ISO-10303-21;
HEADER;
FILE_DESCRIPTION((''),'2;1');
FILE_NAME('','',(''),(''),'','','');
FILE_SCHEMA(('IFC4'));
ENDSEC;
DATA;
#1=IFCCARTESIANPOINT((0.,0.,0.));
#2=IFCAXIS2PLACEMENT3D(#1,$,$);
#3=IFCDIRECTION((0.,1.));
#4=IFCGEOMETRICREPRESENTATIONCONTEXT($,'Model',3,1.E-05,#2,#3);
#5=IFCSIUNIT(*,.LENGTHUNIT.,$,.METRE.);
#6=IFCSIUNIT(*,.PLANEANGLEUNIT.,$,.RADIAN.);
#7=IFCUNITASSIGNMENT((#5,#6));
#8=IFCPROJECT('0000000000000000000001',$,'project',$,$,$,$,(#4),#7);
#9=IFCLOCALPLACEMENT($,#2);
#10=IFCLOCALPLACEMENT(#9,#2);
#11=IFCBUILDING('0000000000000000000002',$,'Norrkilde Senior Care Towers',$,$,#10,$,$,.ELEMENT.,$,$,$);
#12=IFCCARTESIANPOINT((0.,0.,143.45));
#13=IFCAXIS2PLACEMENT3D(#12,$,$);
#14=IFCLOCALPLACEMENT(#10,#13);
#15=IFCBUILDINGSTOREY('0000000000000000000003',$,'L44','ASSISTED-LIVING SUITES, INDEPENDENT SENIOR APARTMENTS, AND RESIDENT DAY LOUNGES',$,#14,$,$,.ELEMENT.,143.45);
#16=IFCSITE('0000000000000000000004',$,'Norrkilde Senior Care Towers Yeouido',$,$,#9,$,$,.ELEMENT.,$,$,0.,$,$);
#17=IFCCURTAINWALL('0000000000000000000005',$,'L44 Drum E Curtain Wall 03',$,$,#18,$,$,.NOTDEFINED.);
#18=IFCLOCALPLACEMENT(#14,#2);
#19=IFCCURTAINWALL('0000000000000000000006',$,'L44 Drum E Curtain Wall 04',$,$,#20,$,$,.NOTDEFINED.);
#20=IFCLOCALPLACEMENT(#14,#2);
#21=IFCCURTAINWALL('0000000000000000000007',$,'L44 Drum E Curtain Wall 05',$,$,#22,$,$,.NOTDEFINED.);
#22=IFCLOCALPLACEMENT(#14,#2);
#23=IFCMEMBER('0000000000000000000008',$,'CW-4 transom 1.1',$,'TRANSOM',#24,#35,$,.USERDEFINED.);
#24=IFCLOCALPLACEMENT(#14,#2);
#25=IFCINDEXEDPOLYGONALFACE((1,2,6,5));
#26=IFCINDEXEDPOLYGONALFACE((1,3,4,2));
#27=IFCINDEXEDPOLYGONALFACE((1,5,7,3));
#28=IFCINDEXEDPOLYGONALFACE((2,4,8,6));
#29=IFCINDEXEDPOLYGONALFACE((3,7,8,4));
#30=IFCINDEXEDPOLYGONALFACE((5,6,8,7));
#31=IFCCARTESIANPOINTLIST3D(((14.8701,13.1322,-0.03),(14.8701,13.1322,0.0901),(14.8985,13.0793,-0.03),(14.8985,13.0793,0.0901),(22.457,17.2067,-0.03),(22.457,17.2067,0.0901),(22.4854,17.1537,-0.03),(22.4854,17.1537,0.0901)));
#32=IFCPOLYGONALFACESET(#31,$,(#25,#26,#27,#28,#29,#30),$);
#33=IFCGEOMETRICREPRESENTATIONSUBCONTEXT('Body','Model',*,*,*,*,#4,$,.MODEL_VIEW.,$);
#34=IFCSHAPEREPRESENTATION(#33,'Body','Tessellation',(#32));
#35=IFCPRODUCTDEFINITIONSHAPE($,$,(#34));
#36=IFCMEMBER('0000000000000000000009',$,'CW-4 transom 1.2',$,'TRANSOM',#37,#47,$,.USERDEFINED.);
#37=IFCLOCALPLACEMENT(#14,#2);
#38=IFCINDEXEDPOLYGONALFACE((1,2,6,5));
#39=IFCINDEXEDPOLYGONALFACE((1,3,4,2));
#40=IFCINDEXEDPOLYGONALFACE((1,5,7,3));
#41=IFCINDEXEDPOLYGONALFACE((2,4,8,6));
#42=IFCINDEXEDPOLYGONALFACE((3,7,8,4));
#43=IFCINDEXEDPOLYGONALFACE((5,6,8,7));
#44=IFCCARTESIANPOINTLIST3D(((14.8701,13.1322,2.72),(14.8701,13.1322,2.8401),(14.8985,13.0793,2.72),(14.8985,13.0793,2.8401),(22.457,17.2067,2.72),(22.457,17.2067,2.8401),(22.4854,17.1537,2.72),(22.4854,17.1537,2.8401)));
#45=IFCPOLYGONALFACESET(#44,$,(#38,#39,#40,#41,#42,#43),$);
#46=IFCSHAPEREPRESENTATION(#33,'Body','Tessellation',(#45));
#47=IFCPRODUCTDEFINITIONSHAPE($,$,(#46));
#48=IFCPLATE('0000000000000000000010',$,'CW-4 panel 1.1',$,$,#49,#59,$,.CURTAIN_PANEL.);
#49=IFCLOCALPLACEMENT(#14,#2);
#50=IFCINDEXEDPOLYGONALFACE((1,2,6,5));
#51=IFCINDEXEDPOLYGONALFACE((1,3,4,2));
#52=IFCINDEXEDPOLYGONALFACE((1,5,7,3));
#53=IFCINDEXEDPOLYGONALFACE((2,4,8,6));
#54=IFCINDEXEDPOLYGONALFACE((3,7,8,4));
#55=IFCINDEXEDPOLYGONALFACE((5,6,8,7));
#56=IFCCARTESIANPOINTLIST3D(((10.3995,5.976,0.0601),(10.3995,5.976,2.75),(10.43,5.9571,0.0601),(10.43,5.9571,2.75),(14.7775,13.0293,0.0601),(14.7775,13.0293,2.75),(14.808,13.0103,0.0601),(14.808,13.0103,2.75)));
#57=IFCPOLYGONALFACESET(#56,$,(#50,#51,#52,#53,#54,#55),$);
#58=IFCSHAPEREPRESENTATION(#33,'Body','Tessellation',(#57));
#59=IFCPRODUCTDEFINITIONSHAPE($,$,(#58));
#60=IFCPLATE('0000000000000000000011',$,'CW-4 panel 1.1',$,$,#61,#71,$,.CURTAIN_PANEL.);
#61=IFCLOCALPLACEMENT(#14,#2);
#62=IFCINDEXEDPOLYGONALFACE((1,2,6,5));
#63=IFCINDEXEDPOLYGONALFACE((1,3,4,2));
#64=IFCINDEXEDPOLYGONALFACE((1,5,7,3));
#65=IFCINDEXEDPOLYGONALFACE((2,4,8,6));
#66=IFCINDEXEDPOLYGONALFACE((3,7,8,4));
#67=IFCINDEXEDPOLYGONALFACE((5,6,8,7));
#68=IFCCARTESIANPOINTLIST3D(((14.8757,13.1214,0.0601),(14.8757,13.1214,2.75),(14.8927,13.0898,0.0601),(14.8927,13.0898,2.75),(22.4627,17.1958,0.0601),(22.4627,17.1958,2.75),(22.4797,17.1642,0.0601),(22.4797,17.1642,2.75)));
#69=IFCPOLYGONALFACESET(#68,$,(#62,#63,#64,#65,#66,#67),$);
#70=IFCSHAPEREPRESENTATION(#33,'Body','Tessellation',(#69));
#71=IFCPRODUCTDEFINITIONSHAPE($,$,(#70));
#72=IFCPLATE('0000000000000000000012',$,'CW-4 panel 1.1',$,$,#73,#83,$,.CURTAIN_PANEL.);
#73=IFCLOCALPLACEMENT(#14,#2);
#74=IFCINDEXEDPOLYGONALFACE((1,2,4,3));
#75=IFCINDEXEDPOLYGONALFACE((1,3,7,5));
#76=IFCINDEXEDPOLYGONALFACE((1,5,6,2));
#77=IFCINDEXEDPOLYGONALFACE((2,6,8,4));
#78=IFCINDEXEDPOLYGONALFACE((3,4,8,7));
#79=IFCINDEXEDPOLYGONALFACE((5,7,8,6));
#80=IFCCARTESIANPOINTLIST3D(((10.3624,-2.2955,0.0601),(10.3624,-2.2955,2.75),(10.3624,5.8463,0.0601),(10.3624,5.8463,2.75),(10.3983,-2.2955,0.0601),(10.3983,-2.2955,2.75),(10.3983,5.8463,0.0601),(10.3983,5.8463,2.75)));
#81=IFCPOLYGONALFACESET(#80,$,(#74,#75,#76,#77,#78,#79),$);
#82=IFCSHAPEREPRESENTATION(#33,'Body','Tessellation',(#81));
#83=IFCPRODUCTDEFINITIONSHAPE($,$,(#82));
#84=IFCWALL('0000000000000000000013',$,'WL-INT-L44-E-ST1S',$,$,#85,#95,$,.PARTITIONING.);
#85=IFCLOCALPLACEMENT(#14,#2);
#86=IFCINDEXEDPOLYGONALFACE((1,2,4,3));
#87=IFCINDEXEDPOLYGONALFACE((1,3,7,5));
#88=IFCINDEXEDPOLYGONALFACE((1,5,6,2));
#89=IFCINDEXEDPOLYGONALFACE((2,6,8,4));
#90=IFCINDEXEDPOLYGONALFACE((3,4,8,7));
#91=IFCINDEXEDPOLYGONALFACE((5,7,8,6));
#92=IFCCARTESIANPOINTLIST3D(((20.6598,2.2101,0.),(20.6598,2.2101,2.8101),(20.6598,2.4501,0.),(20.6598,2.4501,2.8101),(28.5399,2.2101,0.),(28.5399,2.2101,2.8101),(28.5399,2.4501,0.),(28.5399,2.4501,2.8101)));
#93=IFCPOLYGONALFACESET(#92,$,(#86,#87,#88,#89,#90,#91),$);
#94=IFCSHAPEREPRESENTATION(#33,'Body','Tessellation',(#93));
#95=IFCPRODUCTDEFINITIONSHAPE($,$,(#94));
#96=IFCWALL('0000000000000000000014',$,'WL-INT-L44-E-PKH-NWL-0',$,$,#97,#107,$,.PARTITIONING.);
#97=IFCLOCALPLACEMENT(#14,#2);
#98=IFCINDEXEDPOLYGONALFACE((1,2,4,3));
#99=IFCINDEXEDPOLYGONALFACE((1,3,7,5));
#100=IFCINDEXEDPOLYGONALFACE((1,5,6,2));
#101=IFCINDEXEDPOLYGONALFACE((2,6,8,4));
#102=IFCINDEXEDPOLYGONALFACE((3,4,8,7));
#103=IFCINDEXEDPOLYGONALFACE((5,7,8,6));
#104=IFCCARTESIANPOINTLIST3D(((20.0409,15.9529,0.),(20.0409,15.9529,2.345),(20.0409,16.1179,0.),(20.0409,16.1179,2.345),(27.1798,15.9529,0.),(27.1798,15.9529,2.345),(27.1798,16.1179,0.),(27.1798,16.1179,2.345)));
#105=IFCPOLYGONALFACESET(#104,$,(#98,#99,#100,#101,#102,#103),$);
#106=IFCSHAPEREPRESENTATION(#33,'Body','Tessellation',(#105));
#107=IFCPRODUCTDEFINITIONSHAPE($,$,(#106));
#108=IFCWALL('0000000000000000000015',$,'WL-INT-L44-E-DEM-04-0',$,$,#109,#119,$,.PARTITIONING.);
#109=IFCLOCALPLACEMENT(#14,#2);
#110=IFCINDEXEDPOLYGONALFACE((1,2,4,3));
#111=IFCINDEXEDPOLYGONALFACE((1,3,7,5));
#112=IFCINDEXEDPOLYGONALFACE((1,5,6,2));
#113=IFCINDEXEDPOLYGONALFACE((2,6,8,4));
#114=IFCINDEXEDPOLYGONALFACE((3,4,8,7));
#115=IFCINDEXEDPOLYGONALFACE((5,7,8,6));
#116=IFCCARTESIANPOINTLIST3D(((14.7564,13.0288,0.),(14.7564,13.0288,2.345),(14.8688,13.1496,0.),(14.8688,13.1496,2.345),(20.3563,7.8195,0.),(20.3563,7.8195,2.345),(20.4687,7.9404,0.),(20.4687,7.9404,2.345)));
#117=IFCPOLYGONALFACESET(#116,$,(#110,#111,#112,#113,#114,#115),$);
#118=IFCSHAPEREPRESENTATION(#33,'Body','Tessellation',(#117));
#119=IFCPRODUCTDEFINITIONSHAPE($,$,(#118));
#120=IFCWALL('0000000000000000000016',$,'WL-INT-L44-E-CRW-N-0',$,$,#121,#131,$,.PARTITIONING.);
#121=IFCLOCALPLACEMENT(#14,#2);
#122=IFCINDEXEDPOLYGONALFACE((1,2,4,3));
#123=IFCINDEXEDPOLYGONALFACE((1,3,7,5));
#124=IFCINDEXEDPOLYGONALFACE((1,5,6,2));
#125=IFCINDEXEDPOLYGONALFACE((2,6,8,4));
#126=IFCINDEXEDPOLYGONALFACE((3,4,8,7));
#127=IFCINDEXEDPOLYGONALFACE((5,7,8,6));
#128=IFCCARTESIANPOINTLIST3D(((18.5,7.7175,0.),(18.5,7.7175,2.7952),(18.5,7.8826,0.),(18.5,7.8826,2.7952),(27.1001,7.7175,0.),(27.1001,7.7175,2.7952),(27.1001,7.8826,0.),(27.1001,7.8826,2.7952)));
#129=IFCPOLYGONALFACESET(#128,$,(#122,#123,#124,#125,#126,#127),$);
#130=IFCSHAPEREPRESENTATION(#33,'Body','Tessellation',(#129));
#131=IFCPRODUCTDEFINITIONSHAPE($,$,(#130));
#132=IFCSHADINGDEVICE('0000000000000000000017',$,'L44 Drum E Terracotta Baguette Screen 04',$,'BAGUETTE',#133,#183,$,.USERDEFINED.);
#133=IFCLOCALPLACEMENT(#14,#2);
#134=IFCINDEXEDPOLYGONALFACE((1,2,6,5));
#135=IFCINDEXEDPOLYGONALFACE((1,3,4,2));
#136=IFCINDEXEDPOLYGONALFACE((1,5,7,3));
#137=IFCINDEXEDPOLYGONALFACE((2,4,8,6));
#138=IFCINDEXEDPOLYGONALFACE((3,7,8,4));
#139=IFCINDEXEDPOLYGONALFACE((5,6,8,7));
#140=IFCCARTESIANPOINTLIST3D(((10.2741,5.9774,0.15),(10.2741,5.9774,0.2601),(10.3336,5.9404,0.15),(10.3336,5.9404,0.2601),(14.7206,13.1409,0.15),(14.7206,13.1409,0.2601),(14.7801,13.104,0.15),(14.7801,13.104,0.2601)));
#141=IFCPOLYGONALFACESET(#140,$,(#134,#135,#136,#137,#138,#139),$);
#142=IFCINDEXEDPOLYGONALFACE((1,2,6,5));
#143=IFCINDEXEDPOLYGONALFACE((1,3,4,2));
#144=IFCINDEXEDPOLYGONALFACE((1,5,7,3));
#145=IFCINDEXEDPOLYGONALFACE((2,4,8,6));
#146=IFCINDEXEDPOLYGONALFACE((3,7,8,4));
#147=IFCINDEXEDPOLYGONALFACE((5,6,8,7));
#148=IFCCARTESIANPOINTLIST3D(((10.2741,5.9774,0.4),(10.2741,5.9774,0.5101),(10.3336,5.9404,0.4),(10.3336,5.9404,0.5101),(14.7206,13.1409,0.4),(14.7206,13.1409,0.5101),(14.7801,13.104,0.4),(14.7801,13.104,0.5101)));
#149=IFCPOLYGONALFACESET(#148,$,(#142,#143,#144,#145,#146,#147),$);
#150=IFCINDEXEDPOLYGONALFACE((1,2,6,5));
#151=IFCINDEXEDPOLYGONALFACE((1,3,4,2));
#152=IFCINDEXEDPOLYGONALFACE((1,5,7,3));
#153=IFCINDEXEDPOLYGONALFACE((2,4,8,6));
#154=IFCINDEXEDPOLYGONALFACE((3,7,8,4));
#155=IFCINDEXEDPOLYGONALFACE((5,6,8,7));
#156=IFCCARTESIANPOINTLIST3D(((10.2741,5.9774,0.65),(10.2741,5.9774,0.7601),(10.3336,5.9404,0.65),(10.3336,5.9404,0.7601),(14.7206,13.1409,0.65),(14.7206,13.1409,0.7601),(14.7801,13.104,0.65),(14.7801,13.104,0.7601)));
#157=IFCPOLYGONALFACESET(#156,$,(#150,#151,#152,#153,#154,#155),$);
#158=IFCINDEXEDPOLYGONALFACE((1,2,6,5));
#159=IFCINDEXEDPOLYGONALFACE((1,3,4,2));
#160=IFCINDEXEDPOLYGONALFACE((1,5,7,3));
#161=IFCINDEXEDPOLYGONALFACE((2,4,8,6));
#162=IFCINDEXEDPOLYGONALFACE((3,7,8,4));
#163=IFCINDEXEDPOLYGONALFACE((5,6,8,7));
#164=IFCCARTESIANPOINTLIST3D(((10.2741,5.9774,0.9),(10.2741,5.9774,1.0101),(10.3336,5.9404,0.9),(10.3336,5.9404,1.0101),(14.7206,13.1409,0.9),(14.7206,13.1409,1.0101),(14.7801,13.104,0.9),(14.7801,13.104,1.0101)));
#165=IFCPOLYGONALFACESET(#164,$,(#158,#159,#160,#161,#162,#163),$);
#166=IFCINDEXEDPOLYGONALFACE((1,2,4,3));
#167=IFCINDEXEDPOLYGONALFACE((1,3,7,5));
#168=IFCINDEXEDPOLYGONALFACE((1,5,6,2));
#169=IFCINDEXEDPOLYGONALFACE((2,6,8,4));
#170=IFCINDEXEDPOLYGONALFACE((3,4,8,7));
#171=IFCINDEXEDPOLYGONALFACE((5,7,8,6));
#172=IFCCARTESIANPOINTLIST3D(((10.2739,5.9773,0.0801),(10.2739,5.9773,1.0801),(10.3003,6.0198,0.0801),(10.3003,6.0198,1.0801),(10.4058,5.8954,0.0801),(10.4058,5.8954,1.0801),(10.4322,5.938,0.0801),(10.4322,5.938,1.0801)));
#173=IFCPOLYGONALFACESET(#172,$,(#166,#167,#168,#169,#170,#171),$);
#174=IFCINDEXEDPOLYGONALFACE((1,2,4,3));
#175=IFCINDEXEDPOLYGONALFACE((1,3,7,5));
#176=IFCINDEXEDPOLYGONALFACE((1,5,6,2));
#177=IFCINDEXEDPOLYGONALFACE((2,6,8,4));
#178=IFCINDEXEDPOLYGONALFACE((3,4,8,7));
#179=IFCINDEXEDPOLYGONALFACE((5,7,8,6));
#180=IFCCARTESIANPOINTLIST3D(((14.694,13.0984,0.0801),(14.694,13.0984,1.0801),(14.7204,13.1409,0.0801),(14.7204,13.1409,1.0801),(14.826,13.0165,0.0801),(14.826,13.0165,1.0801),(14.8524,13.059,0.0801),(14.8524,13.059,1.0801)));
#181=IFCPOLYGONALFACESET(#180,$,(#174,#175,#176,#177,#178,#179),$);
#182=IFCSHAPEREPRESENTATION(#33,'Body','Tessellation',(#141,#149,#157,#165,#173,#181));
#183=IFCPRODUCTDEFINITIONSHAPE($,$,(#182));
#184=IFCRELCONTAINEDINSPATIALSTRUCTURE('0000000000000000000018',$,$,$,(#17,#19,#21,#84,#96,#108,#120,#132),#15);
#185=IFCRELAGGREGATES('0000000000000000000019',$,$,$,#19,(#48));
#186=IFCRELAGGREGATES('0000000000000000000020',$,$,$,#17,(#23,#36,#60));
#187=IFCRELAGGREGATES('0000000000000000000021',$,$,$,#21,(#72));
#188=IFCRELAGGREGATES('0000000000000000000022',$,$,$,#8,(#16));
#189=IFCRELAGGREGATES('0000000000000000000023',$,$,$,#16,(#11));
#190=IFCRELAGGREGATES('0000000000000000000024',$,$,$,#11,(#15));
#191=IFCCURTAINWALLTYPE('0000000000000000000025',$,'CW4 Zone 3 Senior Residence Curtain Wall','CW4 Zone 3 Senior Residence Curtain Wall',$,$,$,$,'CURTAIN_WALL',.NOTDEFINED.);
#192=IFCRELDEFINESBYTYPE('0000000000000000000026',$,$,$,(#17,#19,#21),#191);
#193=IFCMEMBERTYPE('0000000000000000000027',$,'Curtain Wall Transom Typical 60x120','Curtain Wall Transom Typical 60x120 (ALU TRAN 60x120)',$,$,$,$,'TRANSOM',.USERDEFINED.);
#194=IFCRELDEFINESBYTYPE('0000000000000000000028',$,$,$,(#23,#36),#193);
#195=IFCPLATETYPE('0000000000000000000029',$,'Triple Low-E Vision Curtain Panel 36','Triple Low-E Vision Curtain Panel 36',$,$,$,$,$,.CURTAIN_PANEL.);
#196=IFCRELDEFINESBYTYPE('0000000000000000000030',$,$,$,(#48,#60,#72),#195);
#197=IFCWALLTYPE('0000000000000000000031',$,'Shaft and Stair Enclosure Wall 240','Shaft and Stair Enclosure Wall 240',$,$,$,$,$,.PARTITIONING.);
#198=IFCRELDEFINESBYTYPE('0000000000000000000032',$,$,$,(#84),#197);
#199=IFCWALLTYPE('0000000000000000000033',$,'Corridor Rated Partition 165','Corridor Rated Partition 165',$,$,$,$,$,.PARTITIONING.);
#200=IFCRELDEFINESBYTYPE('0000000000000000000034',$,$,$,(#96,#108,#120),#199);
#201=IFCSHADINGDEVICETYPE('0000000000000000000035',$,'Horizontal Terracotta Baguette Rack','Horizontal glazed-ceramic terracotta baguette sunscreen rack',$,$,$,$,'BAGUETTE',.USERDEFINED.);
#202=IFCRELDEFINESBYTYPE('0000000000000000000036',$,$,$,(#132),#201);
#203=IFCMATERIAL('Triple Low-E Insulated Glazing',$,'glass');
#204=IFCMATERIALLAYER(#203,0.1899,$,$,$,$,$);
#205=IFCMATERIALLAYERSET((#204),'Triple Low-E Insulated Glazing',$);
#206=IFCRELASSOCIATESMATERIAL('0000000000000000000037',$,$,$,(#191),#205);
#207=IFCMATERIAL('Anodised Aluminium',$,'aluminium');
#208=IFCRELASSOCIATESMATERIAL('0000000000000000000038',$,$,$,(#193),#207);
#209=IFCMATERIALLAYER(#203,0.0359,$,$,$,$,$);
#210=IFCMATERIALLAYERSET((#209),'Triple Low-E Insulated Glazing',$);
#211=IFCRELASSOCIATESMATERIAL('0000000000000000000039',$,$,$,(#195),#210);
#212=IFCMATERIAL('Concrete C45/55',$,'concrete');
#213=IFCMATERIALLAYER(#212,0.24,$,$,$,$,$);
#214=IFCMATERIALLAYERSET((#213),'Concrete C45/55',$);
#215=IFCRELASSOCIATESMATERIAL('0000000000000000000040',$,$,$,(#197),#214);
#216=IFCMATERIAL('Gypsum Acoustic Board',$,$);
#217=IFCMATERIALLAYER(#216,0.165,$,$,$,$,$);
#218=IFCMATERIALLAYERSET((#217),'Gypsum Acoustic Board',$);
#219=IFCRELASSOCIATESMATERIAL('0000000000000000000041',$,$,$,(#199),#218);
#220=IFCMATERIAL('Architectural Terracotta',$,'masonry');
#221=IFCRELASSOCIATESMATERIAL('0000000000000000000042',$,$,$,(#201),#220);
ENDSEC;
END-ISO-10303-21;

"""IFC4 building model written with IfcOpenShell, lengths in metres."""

from ifc_helpers import new_model, si_unit, direction, frame, frame_2d, origin, origin_2d, place, context, subcontext, project, spatial, rectangle, extrude, source, transform, mapped, material, layer, layer_set, material_profile, profile_set, type_object, type_shapes, element, aggregate, save


model = new_model("IFC4")

# Units and contexts
model_context = context("Model", 3, precision=1e-05, world=origin(), true_north=direction((0.0, 1.0)))
body_context = subcontext(model_context, "Body", "Model", "MODEL_VIEW")
ifc_project = project(units=[si_unit("LENGTHUNIT", "METRE"), si_unit("PLANEANGLEUNIT", "RADIAN")], contexts=[model_context])

# Site, building, storey
site_placement = place(None, origin())
site = spatial("IfcSite", under=ifc_project, at=site_placement, Name="Norrkilde Senior Care Towers Yeouido", CompositionType="ELEMENT", RefElevation=0.0)
building_placement = place(site_placement, origin())
building = spatial("IfcBuilding", under=site, at=building_placement, Name="Norrkilde Senior Care Towers", CompositionType="ELEMENT")
storey_placement = place(building_placement, frame((0.0, 0.0, 143.45)))
storey = spatial("IfcBuildingStorey", under=building, at=storey_placement, Name="L44", Description="ASSISTED-LIVING SUITES, INDEPENDENT SENIOR APARTMENTS, AND RESIDENT DAY LOUNGES", CompositionType="ELEMENT", Elevation=143.45)

# Curtain wall
ifc_material_1 = material(Name="Triple Low-E Insulated Glazing", Category="glass")
ifc_layer_1 = layer(ifc_material_1, 0.1899)
ifc_layer_set_1 = layer_set([ifc_layer_1], Name="Triple Low-E Insulated Glazing")
curtain_wall_type = type_object("IfcCurtainWallType", Name="CW4 Zone 3 Senior Residence Curtain Wall", Description="CW4 Zone 3 Senior Residence Curtain Wall", ElementType="CURTAIN_WALL", PredefinedType="NOTDEFINED", material=ifc_layer_set_1)
curtain_wall_1_placement = place(storey_placement, origin())
curtain_wall_1 = element("IfcCurtainWall", 1, at=curtain_wall_1_placement, inside=storey, type_object=curtain_wall_type, Name="L44 Drum E Curtain Wall 03", PredefinedType="NOTDEFINED")
ifc_material_2 = material(Name="Anodised Aluminium", Category="aluminium")

# Curtain wall
curtain_wall_2_placement = place(storey_placement, origin())
curtain_wall_2 = element("IfcCurtainWall", 2, at=curtain_wall_2_placement, inside=storey, type_object=curtain_wall_type, Name="L44 Drum E Curtain Wall 04", PredefinedType="NOTDEFINED")

# Curtain wall
curtain_wall_3_placement = place(storey_placement, origin())
curtain_wall_3 = element("IfcCurtainWall", 3, at=curtain_wall_3_placement, inside=storey, type_object=curtain_wall_type, Name="L44 Drum E Curtain Wall 05", PredefinedType="NOTDEFINED")

# Members
ifc_material_profile_1 = material_profile(ifc_material_2, rectangle(XDim=0.0601, YDim=0.1201, at=origin_2d()), Name="ALU TRAN 60x120")
ifc_profile_set_1 = profile_set([ifc_material_profile_1], Name="Anodised Aluminium")
member_type_1 = type_object("IfcMemberType", Name="Curtain Wall Transom Typical 60x120", Description="Curtain Wall Transom Typical 60x120 (ALU TRAN 60x120)", ElementType="TRANSOM", PredefinedType="USERDEFINED", material=ifc_profile_set_1)
shared_shape_1 = source(origin(), body_context, "Body", "SweptSolid", [
    extrude(rectangle(XDim=0.0601, YDim=0.1201, at=origin_2d()), origin(), (0.0, 0.0, 1.0), 8.6118),
])
member_1_placement = place(storey_placement, frame((14.8843, 13.1057, 0.03), z_axis=(0.880994, 0.473127, 0.0), x_axis=(-0.473127, 0.880994, 0.0)))
member_1 = element("IfcMember", 4, at=member_1_placement, type_object=member_type_1, Name="CW-4 transom 1.1", ObjectType="TRANSOM", PredefinedType="USERDEFINED", context=body_context, shape_type="MappedRepresentation", body=[
    mapped(shared_shape_1, transform((0.0, 0.0, 0.0), x_axis=(1.0, 0.0, 0.0), y_axis=(0.0, 1.0, 0.0), z_axis=(0.0, 0.0, 1.0), scale=1.0)),
])
member_2_placement = place(storey_placement, frame((14.8843, 13.1057, 2.78), z_axis=(0.880994, 0.473127, 0.0), x_axis=(-0.473127, 0.880994, 0.0)))
member_2 = element("IfcMember", 5, at=member_2_placement, type_object=member_type_1, Name="CW-4 transom 1.2", ObjectType="TRANSOM", PredefinedType="USERDEFINED", context=body_context, shape_type="MappedRepresentation", body=[
    mapped(shared_shape_1, transform((0.0, 0.0, 0.0), x_axis=(1.0, 0.0, 0.0), y_axis=(0.0, 1.0, 0.0), z_axis=(0.0, 0.0, 1.0), scale=1.0)),
])

# Plates
ifc_layer_2 = layer(ifc_material_1, 0.0359)
ifc_layer_set_2 = layer_set([ifc_layer_2], Name="Triple Low-E Insulated Glazing")
plate_type = type_object("IfcPlateType", Name="Triple Low-E Vision Curtain Panel 36", Description="Triple Low-E Vision Curtain Panel 36", PredefinedType="CURTAIN_PANEL", material=ifc_layer_set_2)
shared_shape_2 = source(origin(), body_context, "Body", "SweptSolid", [
    extrude(rectangle(XDim=8.3015, YDim=0.0359, at=origin_2d()), origin(), (0.0, 0.0, 1.0), 2.6899),
])
plate_1_placement = place(storey_placement, frame((12.6038, 9.4932, 0.0601), z_axis=(0.0, 0.0, 1.0), x_axis=(0.527373, 0.849634, 0.0)))
plate_1 = element("IfcPlate", 6, at=plate_1_placement, type_object=plate_type, Name="CW-4 panel 1.1", PredefinedType="CURTAIN_PANEL", context=body_context, shape_type="MappedRepresentation", body=[
    mapped(shared_shape_2, transform((0.0, 0.0, 0.0), x_axis=(1.0, 0.0, 0.0), y_axis=(0.0, 1.0, 0.0), z_axis=(0.0, 0.0, 1.0), scale=1.0)),
])
aggregate(curtain_wall_2, [plate_1])
shared_shape_3 = source(origin(), body_context, "Body", "SweptSolid", [
    extrude(rectangle(XDim=8.6118, YDim=0.0359, at=origin_2d()), origin(), (0.0, 0.0, 1.0), 2.6899),
])
plate_2_placement = place(storey_placement, frame((18.6777, 15.1428, 0.0601), z_axis=(0.0, 0.0, 1.0), x_axis=(0.881, 0.473117, 0.0)))
plate_2 = element("IfcPlate", 7, at=plate_2_placement, type_object=plate_type, Name="CW-4 panel 1.1", PredefinedType="CURTAIN_PANEL", context=body_context, shape_type="MappedRepresentation", body=[
    mapped(shared_shape_3, transform((0.0, 0.0, 0.0), x_axis=(1.0, 0.0, 0.0), y_axis=(0.0, 1.0, 0.0), z_axis=(0.0, 0.0, 1.0), scale=1.0)),
])
aggregate(curtain_wall_1, [member_1, member_2, plate_2])
shared_shape_4 = source(origin(), body_context, "Body", "SweptSolid", [
    extrude(rectangle(XDim=8.1418, YDim=0.0359, at=origin_2d()), origin(), (0.0, 0.0, 1.0), 2.6899),
])
type_shapes(plate_type, [shared_shape_2, shared_shape_3, shared_shape_4])
plate_3_placement = place(storey_placement, frame((10.3804, 1.7754, 0.0601), z_axis=(0.0, 0.0, 1.0), x_axis=(0.0, 1.0, 0.0)))
plate_3 = element("IfcPlate", 8, at=plate_3_placement, type_object=plate_type, Name="CW-4 panel 1.1", PredefinedType="CURTAIN_PANEL", context=body_context, shape_type="MappedRepresentation", body=[
    mapped(shared_shape_4, transform((0.0, 0.0, 0.0), x_axis=(1.0, 0.0, 0.0), y_axis=(0.0, 1.0, 0.0), z_axis=(0.0, 0.0, 1.0), scale=1.0)),
])
aggregate(curtain_wall_3, [plate_3])

# Walls
ifc_material_3 = material(Name="Concrete C45/55", Category="concrete")
ifc_layer_3 = layer(ifc_material_3, 0.24)
ifc_layer_set_3 = layer_set([ifc_layer_3], Name="Concrete C45/55")
wall_type_1 = type_object("IfcWallType", Name="Shaft and Stair Enclosure Wall 240", Description="Shaft and Stair Enclosure Wall 240", PredefinedType="PARTITIONING", material=ifc_layer_set_3)
shared_shape_5 = source(origin(), body_context, "Body", "SweptSolid", [
    extrude(rectangle(XDim=7.8801, YDim=0.24, at=frame_2d((3.9399, 0.0))), origin(), (0.0, 0.0, 1.0), 2.8101),
])
type_shapes(wall_type_1, [shared_shape_5])
wall_1_placement = place(storey_placement, frame((20.6599, 2.3301, 0.0), z_axis=(0.0, 0.0, 1.0), x_axis=(1.0, 0.0, 0.0)))
element("IfcWall", 9, at=wall_1_placement, inside=storey, type_object=wall_type_1, Name="WL-INT-L44-E-ST1S", PredefinedType="PARTITIONING", context=body_context, shape_type="MappedRepresentation", body=[
    mapped(shared_shape_5, transform((0.0, 0.0, 0.0), x_axis=(1.0, 0.0, 0.0), y_axis=(0.0, 1.0, 0.0), z_axis=(0.0, 0.0, 1.0), scale=1.0)),
])
ifc_material_4 = material(Name="Gypsum Acoustic Board")
ifc_layer_4 = layer(ifc_material_4, 0.165)
ifc_layer_set_4 = layer_set([ifc_layer_4], Name="Gypsum Acoustic Board")
wall_type_2 = type_object("IfcWallType", Name="Corridor Rated Partition 165", Description="Corridor Rated Partition 165", PredefinedType="PARTITIONING", material=ifc_layer_set_4)
shared_shape_6 = source(origin(), body_context, "Body", "SweptSolid", [
    extrude(rectangle(XDim=7.1389, YDim=0.165, at=frame_2d((3.5693, 0.0))), origin(), (0.0, 0.0, 1.0), 2.345),
])
wall_2_placement = place(storey_placement, frame((20.041, 16.0354, 0.0), z_axis=(0.0, 0.0, 1.0), x_axis=(1.0, 0.0, 0.0)))
element("IfcWall", 10, at=wall_2_placement, inside=storey, type_object=wall_type_2, Name="WL-INT-L44-E-PKH-NWL-0", PredefinedType="PARTITIONING", context=body_context, shape_type="MappedRepresentation", body=[
    mapped(shared_shape_6, transform((0.0, 0.0, 0.0), x_axis=(1.0, 0.0, 0.0), y_axis=(0.0, 1.0, 0.0), z_axis=(0.0, 0.0, 1.0), scale=1.0)),
])
shared_shape_7 = source(origin(), body_context, "Body", "SweptSolid", [
    extrude(rectangle(XDim=7.6482, YDim=0.165, at=frame_2d((3.8242, 0.0))), origin(), (0.0, 0.0, 1.0), 2.345),
])
wall_3_placement = place(storey_placement, frame((20.4126, 7.8799, 0.0), z_axis=(0.0, 0.0, 1.0), x_axis=(-0.732183, 0.681108, 0.0)))
element("IfcWall", 11, at=wall_3_placement, inside=storey, type_object=wall_type_2, Name="WL-INT-L44-E-DEM-04-0", PredefinedType="PARTITIONING", context=body_context, shape_type="MappedRepresentation", body=[
    mapped(shared_shape_7, transform((0.0, 0.0, 0.0), x_axis=(1.0, 0.0, 0.0), y_axis=(0.0, 1.0, 0.0), z_axis=(0.0, 0.0, 1.0), scale=1.0)),
])
shared_shape_8 = source(origin(), body_context, "Body", "SweptSolid", [
    extrude(rectangle(XDim=8.6001, YDim=0.165, at=frame_2d((4.3, 0.0))), origin(), (0.0, 0.0, 1.0), 2.7952),
])
type_shapes(wall_type_2, [shared_shape_6, shared_shape_7, shared_shape_8])
wall_4_placement = place(storey_placement, frame((18.5, 7.8, 0.0), z_axis=(0.0, 0.0, 1.0), x_axis=(1.0, 0.0, 0.0)))
element("IfcWall", 12, at=wall_4_placement, inside=storey, type_object=wall_type_2, Name="WL-INT-L44-E-CRW-N-0", PredefinedType="PARTITIONING", context=body_context, shape_type="MappedRepresentation", body=[
    mapped(shared_shape_8, transform((0.0, 0.0, 0.0), x_axis=(1.0, 0.0, 0.0), y_axis=(0.0, 1.0, 0.0), z_axis=(0.0, 0.0, 1.0), scale=1.0)),
])

# Shading device
ifc_material_5 = material(Name="Architectural Terracotta", Category="masonry")
shading_device_type = type_object("IfcShadingDeviceType", Name="Horizontal Terracotta Baguette Rack", Description="Horizontal glazed-ceramic terracotta baguette sunscreen rack", ElementType="BAGUETTE", PredefinedType="USERDEFINED", material=ifc_material_5)
shared_shape_9 = source(origin(), body_context, "Body", "SweptSolid", [
    extrude(rectangle(XDim=0.0701, YDim=0.1101, at=origin_2d()), frame((0.0, 0.0901, 0.125), z_axis=(1.0, 0.0, 0.0), x_axis=(0.0, 1.0, 0.0)), (0.0, 0.0, 1.0), 8.4314),
    extrude(rectangle(XDim=0.0701, YDim=0.1101, at=origin_2d()), frame((0.0, 0.0901, 0.375), z_axis=(1.0, 0.0, 0.0), x_axis=(0.0, 1.0, 0.0)), (0.0, 0.0, 1.0), 8.4314),
    extrude(rectangle(XDim=0.0701, YDim=0.1101, at=origin_2d()), frame((0.0, 0.0901, 0.625), z_axis=(1.0, 0.0, 0.0), x_axis=(0.0, 1.0, 0.0)), (0.0, 0.0, 1.0), 8.4314),
    extrude(rectangle(XDim=0.0701, YDim=0.1101, at=origin_2d()), frame((0.0, 0.0901, 0.875), z_axis=(1.0, 0.0, 0.0), x_axis=(0.0, 1.0, 0.0)), (0.0, 0.0, 1.0), 8.4314),
    extrude(rectangle(XDim=0.05, YDim=0.1553, at=origin_2d()), frame((0.0249, 0.0476, 0.0)), (0.0, 0.0, 1.0), 1.0),
    extrude(rectangle(XDim=0.05, YDim=0.1553, at=origin_2d()), frame((8.4062, 0.0476, 0.0)), (0.0, 0.0, 1.0), 1.0),
])
type_shapes(shading_device_type, [shared_shape_9])
shading_device_placement = place(storey_placement, frame((10.3804, 5.9114, 0.0801), z_axis=(0.0, 0.0, 1.0), x_axis=(0.527378, 0.849631, 0.0)))
element("IfcShadingDevice", 13, at=shading_device_placement, inside=storey, type_object=shading_device_type, Name="L44 Drum E Terracotta Baguette Screen 04", ObjectType="BAGUETTE", PredefinedType="USERDEFINED", context=body_context, shape_type="MappedRepresentation", body=[
    mapped(shared_shape_9, transform((0.0, 0.0, 0.0), x_axis=(1.0, 0.0, 0.0), y_axis=(0.0, 1.0, 0.0), z_axis=(0.0, 0.0, 1.0), scale=1.0)),
])

save(model, "model.ifc")
